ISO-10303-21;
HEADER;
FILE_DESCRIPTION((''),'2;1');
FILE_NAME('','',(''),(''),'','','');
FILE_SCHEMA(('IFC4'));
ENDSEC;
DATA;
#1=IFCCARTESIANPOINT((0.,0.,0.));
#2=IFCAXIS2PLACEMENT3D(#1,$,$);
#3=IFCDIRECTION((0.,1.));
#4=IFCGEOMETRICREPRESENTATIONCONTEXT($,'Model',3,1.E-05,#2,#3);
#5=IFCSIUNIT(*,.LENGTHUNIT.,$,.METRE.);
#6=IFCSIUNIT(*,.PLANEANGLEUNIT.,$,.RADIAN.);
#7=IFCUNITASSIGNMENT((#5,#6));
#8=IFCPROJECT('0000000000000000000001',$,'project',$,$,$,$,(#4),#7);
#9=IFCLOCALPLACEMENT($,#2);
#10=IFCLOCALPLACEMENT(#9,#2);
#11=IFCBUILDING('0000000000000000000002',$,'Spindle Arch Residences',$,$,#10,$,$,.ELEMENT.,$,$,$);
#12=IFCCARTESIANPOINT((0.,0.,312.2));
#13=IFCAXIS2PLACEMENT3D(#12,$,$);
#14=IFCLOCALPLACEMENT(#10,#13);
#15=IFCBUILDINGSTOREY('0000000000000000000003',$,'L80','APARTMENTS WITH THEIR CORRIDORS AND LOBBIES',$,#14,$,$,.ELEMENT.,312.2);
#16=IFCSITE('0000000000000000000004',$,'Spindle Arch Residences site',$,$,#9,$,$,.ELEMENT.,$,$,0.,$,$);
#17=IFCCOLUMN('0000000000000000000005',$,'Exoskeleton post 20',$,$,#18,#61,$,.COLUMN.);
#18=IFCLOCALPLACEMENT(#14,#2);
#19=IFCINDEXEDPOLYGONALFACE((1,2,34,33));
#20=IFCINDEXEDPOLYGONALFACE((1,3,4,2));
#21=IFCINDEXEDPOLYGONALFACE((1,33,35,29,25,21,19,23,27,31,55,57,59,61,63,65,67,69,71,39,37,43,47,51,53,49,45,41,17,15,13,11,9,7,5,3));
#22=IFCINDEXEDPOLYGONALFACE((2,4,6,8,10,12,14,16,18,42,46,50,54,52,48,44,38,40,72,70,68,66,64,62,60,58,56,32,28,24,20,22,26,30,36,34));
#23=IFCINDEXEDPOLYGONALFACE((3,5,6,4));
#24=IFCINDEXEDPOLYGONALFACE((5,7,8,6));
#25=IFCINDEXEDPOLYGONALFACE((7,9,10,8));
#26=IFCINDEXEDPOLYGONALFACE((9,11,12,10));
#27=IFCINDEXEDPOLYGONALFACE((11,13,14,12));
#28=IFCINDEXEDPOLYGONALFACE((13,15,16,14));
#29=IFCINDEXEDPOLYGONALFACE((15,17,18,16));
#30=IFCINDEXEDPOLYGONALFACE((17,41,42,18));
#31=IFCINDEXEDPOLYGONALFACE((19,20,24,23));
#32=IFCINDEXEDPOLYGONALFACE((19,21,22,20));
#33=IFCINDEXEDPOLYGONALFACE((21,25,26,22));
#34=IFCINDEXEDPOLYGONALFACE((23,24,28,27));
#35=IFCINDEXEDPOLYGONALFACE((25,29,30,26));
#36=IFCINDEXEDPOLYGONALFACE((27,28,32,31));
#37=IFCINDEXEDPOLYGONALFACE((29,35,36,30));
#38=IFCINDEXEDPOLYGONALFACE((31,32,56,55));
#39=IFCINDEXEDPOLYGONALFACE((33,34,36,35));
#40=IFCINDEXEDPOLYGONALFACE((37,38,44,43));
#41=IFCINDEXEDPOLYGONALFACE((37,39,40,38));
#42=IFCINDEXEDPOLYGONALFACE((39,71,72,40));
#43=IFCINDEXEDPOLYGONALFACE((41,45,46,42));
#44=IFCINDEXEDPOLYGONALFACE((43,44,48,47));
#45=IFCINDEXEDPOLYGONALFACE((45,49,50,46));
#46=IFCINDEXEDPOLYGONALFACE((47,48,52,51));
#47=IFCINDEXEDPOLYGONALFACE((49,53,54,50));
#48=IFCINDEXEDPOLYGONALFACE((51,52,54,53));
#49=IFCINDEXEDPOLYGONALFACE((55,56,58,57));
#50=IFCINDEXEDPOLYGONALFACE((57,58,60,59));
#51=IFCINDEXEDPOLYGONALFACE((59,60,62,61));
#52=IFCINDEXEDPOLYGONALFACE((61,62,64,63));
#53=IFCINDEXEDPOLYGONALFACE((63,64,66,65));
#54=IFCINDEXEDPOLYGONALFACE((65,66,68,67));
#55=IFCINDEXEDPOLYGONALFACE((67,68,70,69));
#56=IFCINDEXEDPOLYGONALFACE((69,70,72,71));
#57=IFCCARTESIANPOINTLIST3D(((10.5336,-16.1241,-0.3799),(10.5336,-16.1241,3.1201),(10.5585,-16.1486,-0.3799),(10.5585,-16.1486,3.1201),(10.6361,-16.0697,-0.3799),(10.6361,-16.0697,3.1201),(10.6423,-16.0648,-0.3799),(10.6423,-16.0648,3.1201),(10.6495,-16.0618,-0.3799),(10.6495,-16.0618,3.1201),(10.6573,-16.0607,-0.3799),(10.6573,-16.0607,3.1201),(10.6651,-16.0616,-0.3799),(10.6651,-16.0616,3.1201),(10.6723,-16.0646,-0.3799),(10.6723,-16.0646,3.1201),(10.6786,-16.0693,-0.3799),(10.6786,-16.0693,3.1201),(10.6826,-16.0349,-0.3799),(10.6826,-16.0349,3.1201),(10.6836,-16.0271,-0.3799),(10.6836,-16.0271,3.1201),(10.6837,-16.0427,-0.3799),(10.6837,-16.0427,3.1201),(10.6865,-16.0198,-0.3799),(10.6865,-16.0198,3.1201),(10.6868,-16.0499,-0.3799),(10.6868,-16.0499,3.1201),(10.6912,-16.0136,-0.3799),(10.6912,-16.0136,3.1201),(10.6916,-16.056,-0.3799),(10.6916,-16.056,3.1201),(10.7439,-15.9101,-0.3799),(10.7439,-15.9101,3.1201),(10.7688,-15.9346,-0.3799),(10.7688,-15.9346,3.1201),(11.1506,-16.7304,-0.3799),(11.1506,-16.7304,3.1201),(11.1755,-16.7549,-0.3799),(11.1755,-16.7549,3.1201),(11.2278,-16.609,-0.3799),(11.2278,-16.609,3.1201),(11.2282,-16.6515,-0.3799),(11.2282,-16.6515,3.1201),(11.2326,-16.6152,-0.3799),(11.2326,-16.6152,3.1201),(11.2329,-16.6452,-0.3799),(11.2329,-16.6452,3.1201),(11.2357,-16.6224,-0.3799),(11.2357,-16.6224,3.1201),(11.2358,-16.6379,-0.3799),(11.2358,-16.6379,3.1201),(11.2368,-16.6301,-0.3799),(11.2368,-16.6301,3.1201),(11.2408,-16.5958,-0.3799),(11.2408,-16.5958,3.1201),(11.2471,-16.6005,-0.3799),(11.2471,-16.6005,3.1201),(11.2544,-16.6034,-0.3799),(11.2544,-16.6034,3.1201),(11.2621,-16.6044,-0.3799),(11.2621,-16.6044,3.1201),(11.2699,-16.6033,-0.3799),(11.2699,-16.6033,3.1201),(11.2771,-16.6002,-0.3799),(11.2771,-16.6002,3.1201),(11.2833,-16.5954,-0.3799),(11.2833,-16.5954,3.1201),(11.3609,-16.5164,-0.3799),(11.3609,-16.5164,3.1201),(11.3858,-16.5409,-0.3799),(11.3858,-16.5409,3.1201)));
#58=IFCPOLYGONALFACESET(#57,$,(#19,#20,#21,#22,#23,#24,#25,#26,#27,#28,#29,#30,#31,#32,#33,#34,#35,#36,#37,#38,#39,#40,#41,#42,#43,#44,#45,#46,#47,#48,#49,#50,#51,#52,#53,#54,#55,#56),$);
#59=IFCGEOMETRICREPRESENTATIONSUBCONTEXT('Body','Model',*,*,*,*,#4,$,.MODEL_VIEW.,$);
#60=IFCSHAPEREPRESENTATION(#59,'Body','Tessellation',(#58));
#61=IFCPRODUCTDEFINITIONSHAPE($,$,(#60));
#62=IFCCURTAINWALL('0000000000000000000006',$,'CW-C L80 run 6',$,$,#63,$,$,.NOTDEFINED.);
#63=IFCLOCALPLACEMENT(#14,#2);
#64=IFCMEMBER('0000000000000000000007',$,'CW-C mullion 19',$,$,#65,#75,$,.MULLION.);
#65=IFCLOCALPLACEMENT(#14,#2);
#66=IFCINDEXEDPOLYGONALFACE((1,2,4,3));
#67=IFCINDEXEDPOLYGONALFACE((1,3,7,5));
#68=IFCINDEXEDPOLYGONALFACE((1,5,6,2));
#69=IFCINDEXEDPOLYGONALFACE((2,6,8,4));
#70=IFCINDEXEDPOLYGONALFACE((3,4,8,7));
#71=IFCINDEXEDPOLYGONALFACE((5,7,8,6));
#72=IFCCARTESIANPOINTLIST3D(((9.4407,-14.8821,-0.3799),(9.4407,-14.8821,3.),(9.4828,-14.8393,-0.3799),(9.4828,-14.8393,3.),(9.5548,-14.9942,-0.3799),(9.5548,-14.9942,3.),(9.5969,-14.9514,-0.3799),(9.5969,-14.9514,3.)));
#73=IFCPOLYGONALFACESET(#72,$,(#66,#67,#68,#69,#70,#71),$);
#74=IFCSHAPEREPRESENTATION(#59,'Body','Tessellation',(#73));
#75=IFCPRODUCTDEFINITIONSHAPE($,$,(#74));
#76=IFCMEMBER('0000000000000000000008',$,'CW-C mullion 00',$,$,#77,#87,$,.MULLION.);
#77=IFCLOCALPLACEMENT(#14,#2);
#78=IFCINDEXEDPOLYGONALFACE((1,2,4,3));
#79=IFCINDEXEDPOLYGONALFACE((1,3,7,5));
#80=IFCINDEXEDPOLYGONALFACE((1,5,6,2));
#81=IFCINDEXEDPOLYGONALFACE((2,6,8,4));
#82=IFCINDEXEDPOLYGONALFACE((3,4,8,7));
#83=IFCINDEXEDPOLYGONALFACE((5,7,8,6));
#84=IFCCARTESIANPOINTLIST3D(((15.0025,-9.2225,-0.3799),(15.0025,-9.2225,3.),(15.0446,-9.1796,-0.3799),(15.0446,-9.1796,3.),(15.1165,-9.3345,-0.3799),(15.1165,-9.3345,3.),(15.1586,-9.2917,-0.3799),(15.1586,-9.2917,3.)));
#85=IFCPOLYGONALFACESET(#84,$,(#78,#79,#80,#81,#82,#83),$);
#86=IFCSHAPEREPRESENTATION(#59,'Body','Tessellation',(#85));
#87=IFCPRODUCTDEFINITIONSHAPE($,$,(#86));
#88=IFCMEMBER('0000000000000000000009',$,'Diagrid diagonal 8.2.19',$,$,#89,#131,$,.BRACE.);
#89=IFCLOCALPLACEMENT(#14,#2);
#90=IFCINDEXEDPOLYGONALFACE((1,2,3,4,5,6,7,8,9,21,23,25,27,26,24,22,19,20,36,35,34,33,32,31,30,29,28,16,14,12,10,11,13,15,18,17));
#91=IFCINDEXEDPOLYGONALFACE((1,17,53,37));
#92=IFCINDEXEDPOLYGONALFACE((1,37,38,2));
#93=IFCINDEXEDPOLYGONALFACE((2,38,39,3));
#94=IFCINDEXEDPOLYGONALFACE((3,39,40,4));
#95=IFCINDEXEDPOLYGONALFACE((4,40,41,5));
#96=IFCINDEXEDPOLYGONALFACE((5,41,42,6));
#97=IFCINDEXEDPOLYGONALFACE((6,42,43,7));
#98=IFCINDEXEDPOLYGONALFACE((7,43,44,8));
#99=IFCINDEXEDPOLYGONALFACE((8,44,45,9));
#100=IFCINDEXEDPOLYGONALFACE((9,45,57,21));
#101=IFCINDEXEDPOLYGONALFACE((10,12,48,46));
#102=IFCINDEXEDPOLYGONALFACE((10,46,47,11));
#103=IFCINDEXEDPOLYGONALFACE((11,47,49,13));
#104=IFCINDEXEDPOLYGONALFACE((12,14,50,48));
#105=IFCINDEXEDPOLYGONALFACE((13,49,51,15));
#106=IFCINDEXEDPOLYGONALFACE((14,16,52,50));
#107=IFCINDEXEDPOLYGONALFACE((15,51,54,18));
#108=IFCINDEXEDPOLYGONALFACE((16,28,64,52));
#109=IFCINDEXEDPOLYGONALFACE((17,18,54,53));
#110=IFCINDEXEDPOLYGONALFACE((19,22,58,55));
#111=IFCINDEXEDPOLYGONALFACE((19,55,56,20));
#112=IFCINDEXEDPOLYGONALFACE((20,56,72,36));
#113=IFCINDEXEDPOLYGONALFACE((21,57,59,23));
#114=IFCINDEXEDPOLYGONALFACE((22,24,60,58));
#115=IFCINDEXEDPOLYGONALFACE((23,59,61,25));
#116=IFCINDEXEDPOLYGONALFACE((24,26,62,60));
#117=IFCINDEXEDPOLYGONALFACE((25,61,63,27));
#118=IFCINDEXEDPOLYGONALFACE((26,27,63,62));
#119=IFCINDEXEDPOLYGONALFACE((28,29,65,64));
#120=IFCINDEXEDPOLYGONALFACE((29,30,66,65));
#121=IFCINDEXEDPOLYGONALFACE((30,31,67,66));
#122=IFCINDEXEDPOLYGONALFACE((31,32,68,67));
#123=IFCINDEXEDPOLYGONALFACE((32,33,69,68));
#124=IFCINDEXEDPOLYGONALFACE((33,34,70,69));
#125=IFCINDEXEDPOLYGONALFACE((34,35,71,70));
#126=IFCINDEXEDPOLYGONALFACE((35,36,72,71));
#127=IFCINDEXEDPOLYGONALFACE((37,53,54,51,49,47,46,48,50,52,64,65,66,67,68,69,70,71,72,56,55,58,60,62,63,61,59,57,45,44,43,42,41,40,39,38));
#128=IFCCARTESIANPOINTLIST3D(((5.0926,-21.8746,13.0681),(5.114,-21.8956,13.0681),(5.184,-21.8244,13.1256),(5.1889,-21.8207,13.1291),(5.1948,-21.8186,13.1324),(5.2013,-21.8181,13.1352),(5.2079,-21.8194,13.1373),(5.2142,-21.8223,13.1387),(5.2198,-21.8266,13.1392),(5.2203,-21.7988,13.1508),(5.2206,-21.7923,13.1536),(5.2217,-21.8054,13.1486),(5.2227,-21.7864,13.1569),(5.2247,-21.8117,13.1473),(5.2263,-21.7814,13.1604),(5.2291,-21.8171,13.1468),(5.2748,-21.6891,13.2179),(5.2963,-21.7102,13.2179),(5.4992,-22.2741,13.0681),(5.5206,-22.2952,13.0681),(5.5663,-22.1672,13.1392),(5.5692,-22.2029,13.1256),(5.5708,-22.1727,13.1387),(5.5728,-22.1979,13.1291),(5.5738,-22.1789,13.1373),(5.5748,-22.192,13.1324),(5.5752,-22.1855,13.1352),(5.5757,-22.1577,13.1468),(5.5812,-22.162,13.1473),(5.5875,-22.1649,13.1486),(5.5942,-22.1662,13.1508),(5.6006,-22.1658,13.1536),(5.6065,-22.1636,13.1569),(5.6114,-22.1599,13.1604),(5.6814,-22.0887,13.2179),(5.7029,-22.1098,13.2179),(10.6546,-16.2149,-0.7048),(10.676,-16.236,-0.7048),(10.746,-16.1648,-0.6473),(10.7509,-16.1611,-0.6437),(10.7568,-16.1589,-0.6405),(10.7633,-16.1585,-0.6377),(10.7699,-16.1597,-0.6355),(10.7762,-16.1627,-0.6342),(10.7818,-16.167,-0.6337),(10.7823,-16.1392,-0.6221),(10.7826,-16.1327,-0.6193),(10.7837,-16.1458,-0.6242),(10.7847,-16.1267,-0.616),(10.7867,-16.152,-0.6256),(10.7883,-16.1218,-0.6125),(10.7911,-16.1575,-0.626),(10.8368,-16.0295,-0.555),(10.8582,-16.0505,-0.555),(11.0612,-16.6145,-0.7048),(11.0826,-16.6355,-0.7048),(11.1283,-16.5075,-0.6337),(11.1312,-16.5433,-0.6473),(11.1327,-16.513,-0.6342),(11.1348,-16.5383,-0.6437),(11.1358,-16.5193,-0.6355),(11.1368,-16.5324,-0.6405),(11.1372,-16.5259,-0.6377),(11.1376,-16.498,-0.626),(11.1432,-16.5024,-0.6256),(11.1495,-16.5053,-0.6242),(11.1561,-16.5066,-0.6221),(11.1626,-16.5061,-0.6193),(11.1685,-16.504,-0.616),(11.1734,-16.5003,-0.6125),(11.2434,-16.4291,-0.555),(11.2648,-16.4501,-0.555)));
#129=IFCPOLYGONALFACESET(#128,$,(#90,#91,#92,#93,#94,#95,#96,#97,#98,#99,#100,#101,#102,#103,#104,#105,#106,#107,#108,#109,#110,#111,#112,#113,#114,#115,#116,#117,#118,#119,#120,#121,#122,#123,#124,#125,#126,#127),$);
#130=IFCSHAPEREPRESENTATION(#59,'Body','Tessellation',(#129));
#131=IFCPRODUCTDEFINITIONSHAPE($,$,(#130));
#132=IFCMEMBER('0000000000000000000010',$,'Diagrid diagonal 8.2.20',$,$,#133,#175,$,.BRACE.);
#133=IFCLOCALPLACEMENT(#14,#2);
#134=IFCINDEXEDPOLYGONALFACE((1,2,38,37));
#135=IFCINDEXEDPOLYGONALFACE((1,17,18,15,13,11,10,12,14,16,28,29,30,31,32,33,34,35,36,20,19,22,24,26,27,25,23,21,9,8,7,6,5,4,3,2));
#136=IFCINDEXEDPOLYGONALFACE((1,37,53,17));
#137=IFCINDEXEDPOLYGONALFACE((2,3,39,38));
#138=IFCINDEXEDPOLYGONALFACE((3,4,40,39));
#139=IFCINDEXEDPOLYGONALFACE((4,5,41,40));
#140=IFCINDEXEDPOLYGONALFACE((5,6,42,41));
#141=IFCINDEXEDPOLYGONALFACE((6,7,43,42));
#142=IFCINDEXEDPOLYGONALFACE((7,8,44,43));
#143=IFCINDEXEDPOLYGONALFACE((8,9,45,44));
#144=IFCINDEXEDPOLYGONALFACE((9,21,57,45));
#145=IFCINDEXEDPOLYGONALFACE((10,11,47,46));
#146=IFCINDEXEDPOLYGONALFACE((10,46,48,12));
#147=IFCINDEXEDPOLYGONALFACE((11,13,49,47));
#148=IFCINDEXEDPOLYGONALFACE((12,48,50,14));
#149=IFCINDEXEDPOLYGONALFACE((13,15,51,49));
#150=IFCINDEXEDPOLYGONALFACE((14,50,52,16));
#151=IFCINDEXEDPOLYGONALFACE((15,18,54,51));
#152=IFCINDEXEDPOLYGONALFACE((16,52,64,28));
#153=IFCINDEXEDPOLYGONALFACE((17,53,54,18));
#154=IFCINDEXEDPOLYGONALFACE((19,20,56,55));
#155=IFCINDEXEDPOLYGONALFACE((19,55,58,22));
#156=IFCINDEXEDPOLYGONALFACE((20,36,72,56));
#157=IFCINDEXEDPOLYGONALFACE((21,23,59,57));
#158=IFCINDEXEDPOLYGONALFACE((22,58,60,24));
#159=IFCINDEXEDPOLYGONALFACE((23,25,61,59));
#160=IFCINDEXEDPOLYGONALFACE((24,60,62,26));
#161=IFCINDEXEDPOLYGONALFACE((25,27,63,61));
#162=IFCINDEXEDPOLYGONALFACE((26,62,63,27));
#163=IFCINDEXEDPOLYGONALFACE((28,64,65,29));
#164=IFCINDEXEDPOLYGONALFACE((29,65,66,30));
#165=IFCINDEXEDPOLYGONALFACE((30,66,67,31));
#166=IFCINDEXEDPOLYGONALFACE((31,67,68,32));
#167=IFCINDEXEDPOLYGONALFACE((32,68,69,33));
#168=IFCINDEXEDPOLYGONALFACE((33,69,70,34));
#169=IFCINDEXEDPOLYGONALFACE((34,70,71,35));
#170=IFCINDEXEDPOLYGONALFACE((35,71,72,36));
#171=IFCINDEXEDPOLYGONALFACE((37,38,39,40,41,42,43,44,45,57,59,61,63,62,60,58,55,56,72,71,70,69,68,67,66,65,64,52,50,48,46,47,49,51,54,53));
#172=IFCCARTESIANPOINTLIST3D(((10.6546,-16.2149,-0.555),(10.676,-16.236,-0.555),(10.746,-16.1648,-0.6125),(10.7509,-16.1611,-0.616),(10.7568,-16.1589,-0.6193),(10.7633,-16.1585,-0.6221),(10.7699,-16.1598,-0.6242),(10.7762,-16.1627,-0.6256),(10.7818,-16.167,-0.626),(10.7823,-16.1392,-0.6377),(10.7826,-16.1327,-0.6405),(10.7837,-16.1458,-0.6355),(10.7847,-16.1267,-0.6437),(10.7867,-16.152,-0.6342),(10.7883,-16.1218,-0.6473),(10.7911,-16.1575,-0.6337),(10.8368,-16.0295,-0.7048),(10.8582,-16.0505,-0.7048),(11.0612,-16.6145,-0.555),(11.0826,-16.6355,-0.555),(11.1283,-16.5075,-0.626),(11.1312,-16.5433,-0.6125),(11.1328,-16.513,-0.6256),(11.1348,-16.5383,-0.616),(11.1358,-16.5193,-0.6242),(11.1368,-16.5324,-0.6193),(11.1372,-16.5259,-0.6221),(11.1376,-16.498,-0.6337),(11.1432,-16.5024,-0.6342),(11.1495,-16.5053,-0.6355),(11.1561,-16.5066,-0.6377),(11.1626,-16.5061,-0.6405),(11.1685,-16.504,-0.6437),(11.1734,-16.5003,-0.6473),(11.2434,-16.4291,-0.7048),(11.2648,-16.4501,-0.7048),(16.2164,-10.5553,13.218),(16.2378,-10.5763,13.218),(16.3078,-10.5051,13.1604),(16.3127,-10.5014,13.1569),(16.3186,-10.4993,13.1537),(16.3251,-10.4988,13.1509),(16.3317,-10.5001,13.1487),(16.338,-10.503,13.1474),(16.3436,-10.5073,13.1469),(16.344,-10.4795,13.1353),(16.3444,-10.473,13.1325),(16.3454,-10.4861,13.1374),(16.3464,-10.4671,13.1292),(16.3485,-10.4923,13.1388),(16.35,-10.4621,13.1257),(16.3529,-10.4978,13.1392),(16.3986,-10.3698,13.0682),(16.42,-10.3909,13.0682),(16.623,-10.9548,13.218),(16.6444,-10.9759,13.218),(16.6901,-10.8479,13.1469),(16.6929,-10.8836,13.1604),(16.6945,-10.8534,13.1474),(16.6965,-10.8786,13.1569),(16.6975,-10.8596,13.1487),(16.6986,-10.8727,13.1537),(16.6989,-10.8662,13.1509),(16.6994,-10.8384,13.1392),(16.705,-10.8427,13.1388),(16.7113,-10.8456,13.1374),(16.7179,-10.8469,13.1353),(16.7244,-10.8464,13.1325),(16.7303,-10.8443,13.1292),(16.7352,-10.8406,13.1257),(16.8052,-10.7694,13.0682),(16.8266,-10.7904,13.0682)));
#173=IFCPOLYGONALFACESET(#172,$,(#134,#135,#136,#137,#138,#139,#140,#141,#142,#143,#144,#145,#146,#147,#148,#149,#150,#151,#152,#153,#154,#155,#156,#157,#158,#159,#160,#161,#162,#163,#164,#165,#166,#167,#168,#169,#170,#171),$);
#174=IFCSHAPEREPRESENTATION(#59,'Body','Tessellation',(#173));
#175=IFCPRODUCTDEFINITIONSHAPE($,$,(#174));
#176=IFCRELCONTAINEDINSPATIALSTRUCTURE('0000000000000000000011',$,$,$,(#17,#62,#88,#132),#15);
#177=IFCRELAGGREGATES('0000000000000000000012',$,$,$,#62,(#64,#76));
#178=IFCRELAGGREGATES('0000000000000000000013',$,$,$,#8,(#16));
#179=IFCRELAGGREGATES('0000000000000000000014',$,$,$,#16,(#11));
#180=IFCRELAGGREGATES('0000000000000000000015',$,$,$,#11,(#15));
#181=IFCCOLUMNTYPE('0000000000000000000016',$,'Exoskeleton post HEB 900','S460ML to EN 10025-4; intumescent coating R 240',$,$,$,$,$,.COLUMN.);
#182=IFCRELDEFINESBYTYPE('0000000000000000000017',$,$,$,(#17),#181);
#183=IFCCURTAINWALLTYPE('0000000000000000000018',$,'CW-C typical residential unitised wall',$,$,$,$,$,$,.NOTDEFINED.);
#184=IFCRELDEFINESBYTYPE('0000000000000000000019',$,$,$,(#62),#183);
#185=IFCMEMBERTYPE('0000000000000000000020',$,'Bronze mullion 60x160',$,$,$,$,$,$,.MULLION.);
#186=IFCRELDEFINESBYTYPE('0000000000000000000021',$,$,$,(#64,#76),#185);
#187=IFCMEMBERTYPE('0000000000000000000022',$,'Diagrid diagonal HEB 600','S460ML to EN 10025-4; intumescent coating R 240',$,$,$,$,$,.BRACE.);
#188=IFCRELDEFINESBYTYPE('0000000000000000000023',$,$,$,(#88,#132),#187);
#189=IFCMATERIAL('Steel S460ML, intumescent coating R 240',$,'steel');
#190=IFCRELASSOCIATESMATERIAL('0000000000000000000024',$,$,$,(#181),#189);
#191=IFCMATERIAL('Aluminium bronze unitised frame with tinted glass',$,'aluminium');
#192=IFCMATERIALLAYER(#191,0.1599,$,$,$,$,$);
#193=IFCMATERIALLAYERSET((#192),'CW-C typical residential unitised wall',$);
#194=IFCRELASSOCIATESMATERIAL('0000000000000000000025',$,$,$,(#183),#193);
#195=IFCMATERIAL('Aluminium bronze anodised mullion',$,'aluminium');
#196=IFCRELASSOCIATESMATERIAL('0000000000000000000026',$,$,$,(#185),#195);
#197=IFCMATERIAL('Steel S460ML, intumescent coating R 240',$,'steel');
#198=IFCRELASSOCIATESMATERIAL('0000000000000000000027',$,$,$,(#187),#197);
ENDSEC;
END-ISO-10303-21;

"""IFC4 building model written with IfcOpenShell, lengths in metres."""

from ifc_helpers import new_model, si_unit, direction, frame, origin, origin_2d, place, context, subcontext, project, spatial, rectangle, i_section, extrude, material, layer, layer_set, material_profile, profile_set, type_object, element, aggregate, save


model = new_model("IFC4")

# Units and contexts
model_context = context("Model", 3, precision=1e-05, world=origin(), true_north=direction((0.0, 1.0)))
body_context = subcontext(model_context, "Body", "Model", "MODEL_VIEW")
ifc_project = project(units=[si_unit("LENGTHUNIT", "METRE"), si_unit("PLANEANGLEUNIT", "RADIAN")], contexts=[model_context])

# Site, building, storey
site_placement = place(None, origin())
site = spatial("IfcSite", under=ifc_project, at=site_placement, Name="Spindle Arch Residences site", CompositionType="ELEMENT", RefElevation=0.0)
building_placement = place(site_placement, origin())
building = spatial("IfcBuilding", under=site, at=building_placement, Name="Spindle Arch Residences", CompositionType="ELEMENT")
storey_placement = place(building_placement, frame((0.0, 0.0, 312.2)))
storey = spatial("IfcBuildingStorey", under=building, at=storey_placement, Name="L80", Description="APARTMENTS WITH THEIR CORRIDORS AND LOBBIES", CompositionType="ELEMENT", Elevation=312.2)

# Column
ifc_material_1 = material(Name="Steel S460ML, intumescent coating R 240", Category="steel")
ifc_material_profile_1 = material_profile(ifc_material_1, i_section(OverallWidth=0.3, OverallDepth=0.8999, WebThickness=0.0186, FlangeThickness=0.0349, FilletRadius=0.03, at=origin_2d()), Name="HEB 900")
ifc_profile_set_1 = profile_set([ifc_material_profile_1], Name="Steel S460ML, intumescent coating R 240")
column_type = type_object("IfcColumnType", Name="Exoskeleton post HEB 900", Description="S460ML to EN 10025-4; intumescent coating R 240", PredefinedType="COLUMN", material=ifc_profile_set_1)
column_placement = place(storey_placement, frame((10.9597, -16.3325, -0.3799), z_axis=(0.0, 0.0, 1.0), x_axis=(-0.700909, -0.71325, 0.0)))
element("IfcColumn", 1, at=column_placement, inside=storey, type_object=column_type, Name="Exoskeleton post 20", PredefinedType="COLUMN", context=body_context, shape_type="SweptSolid", body=[
    extrude(i_section(OverallWidth=0.3, OverallDepth=0.8999, WebThickness=0.0186, FlangeThickness=0.0349, FilletRadius=0.03, at=origin_2d()), origin(), (0.0, 0.0, 1.0), 3.5),
])

# Curtain wall, members
ifc_material_2 = material(Name="Aluminium bronze unitised frame with tinted glass", Category="aluminium")
ifc_layer_1 = layer(ifc_material_2, 0.1599)
ifc_layer_set_1 = layer_set([ifc_layer_1], Name="CW-C typical residential unitised wall")
curtain_wall_type = type_object("IfcCurtainWallType", Name="CW-C typical residential unitised wall", PredefinedType="NOTDEFINED", material=ifc_layer_set_1)
curtain_wall_placement = place(storey_placement, origin())
curtain_wall = element("IfcCurtainWall", 2, at=curtain_wall_placement, inside=storey, type_object=curtain_wall_type, Name="CW-C L80 run 6", PredefinedType="NOTDEFINED")
ifc_material_3 = material(Name="Aluminium bronze anodised mullion", Category="aluminium")
ifc_material_profile_2 = material_profile(ifc_material_3, rectangle(XDim=0.1599, YDim=0.0601, at=origin_2d()), Name="MU 60x160")
ifc_profile_set_2 = profile_set([ifc_material_profile_2], Name="Aluminium bronze anodised mullion")
member_type_1 = type_object("IfcMemberType", Name="Bronze mullion 60x160", PredefinedType="MULLION", material=ifc_profile_set_2)
member_1_placement = place(storey_placement, frame((9.5188, -14.9167, -0.3799), z_axis=(0.0, 0.0, 1.0), x_axis=(-0.71325, 0.700909, 0.0)))
member_1 = element("IfcMember", 3, at=member_1_placement, type_object=member_type_1, Name="CW-C mullion 19", PredefinedType="MULLION", context=body_context, shape_type="SweptSolid", body=[
    extrude(rectangle(XDim=0.1599, YDim=0.0601, at=origin_2d()), origin(), (0.0, 0.0, 1.0), 3.3799),
])
member_2_placement = place(storey_placement, frame((15.0806, -9.2571, -0.3799), z_axis=(0.0, 0.0, 1.0), x_axis=(-0.71325, 0.700909, 0.0)))
member_2 = element("IfcMember", 4, at=member_2_placement, type_object=member_type_1, Name="CW-C mullion 00", PredefinedType="MULLION", context=body_context, shape_type="SweptSolid", body=[
    extrude(rectangle(XDim=0.1599, YDim=0.0601, at=origin_2d()), origin(), (0.0, 0.0, 1.0), 3.3799),
])

# Members
ifc_material_4 = material(Name="Steel S460ML, intumescent coating R 240", Category="steel")
ifc_material_profile_3 = material_profile(ifc_material_4, i_section(OverallWidth=0.3, OverallDepth=0.6001, WebThickness=0.0154, FlangeThickness=0.03, FilletRadius=0.0271, at=origin_2d()), Name="HEB 600")
ifc_profile_set_3 = profile_set([ifc_material_profile_3], Name="Steel S460ML, intumescent coating R 240")
member_type_2 = type_object("IfcMemberType", Name="Diagrid diagonal HEB 600", Description="S460ML to EN 10025-4; intumescent coating R 240", PredefinedType="BRACE", material=ifc_profile_set_3)
for number, where, z_axis, x_axis, name in (
    (5, (10.9597, -16.3325, -0.6299), (-0.349915, -0.356058, 0.866477), (0.607337, 0.618, 0.499217), "Diagrid diagonal 8.2.19"),
    (6, (10.9597, -16.3325, -0.6299), (0.349901, 0.35606, 0.866482), (-0.607327, -0.618017, 0.499209), "Diagrid diagonal 8.2.20"),
):
    element("IfcMember", number, at=place(storey_placement, frame(where, z_axis=z_axis, x_axis=x_axis)), inside=storey, type_object=member_type_2, Name=name, PredefinedType="BRACE", context=body_context, shape_type="SweptSolid", body=[
        extrude(i_section(OverallWidth=0.3, OverallDepth=0.6001, WebThickness=0.0154, FlangeThickness=0.03, FilletRadius=0.0271, at=origin_2d()), origin(), (0.0, 0.0, 1.0), 15.8953),
    ])

aggregate(curtain_wall, [member_1, member_2])

save(model, "model.ifc")
